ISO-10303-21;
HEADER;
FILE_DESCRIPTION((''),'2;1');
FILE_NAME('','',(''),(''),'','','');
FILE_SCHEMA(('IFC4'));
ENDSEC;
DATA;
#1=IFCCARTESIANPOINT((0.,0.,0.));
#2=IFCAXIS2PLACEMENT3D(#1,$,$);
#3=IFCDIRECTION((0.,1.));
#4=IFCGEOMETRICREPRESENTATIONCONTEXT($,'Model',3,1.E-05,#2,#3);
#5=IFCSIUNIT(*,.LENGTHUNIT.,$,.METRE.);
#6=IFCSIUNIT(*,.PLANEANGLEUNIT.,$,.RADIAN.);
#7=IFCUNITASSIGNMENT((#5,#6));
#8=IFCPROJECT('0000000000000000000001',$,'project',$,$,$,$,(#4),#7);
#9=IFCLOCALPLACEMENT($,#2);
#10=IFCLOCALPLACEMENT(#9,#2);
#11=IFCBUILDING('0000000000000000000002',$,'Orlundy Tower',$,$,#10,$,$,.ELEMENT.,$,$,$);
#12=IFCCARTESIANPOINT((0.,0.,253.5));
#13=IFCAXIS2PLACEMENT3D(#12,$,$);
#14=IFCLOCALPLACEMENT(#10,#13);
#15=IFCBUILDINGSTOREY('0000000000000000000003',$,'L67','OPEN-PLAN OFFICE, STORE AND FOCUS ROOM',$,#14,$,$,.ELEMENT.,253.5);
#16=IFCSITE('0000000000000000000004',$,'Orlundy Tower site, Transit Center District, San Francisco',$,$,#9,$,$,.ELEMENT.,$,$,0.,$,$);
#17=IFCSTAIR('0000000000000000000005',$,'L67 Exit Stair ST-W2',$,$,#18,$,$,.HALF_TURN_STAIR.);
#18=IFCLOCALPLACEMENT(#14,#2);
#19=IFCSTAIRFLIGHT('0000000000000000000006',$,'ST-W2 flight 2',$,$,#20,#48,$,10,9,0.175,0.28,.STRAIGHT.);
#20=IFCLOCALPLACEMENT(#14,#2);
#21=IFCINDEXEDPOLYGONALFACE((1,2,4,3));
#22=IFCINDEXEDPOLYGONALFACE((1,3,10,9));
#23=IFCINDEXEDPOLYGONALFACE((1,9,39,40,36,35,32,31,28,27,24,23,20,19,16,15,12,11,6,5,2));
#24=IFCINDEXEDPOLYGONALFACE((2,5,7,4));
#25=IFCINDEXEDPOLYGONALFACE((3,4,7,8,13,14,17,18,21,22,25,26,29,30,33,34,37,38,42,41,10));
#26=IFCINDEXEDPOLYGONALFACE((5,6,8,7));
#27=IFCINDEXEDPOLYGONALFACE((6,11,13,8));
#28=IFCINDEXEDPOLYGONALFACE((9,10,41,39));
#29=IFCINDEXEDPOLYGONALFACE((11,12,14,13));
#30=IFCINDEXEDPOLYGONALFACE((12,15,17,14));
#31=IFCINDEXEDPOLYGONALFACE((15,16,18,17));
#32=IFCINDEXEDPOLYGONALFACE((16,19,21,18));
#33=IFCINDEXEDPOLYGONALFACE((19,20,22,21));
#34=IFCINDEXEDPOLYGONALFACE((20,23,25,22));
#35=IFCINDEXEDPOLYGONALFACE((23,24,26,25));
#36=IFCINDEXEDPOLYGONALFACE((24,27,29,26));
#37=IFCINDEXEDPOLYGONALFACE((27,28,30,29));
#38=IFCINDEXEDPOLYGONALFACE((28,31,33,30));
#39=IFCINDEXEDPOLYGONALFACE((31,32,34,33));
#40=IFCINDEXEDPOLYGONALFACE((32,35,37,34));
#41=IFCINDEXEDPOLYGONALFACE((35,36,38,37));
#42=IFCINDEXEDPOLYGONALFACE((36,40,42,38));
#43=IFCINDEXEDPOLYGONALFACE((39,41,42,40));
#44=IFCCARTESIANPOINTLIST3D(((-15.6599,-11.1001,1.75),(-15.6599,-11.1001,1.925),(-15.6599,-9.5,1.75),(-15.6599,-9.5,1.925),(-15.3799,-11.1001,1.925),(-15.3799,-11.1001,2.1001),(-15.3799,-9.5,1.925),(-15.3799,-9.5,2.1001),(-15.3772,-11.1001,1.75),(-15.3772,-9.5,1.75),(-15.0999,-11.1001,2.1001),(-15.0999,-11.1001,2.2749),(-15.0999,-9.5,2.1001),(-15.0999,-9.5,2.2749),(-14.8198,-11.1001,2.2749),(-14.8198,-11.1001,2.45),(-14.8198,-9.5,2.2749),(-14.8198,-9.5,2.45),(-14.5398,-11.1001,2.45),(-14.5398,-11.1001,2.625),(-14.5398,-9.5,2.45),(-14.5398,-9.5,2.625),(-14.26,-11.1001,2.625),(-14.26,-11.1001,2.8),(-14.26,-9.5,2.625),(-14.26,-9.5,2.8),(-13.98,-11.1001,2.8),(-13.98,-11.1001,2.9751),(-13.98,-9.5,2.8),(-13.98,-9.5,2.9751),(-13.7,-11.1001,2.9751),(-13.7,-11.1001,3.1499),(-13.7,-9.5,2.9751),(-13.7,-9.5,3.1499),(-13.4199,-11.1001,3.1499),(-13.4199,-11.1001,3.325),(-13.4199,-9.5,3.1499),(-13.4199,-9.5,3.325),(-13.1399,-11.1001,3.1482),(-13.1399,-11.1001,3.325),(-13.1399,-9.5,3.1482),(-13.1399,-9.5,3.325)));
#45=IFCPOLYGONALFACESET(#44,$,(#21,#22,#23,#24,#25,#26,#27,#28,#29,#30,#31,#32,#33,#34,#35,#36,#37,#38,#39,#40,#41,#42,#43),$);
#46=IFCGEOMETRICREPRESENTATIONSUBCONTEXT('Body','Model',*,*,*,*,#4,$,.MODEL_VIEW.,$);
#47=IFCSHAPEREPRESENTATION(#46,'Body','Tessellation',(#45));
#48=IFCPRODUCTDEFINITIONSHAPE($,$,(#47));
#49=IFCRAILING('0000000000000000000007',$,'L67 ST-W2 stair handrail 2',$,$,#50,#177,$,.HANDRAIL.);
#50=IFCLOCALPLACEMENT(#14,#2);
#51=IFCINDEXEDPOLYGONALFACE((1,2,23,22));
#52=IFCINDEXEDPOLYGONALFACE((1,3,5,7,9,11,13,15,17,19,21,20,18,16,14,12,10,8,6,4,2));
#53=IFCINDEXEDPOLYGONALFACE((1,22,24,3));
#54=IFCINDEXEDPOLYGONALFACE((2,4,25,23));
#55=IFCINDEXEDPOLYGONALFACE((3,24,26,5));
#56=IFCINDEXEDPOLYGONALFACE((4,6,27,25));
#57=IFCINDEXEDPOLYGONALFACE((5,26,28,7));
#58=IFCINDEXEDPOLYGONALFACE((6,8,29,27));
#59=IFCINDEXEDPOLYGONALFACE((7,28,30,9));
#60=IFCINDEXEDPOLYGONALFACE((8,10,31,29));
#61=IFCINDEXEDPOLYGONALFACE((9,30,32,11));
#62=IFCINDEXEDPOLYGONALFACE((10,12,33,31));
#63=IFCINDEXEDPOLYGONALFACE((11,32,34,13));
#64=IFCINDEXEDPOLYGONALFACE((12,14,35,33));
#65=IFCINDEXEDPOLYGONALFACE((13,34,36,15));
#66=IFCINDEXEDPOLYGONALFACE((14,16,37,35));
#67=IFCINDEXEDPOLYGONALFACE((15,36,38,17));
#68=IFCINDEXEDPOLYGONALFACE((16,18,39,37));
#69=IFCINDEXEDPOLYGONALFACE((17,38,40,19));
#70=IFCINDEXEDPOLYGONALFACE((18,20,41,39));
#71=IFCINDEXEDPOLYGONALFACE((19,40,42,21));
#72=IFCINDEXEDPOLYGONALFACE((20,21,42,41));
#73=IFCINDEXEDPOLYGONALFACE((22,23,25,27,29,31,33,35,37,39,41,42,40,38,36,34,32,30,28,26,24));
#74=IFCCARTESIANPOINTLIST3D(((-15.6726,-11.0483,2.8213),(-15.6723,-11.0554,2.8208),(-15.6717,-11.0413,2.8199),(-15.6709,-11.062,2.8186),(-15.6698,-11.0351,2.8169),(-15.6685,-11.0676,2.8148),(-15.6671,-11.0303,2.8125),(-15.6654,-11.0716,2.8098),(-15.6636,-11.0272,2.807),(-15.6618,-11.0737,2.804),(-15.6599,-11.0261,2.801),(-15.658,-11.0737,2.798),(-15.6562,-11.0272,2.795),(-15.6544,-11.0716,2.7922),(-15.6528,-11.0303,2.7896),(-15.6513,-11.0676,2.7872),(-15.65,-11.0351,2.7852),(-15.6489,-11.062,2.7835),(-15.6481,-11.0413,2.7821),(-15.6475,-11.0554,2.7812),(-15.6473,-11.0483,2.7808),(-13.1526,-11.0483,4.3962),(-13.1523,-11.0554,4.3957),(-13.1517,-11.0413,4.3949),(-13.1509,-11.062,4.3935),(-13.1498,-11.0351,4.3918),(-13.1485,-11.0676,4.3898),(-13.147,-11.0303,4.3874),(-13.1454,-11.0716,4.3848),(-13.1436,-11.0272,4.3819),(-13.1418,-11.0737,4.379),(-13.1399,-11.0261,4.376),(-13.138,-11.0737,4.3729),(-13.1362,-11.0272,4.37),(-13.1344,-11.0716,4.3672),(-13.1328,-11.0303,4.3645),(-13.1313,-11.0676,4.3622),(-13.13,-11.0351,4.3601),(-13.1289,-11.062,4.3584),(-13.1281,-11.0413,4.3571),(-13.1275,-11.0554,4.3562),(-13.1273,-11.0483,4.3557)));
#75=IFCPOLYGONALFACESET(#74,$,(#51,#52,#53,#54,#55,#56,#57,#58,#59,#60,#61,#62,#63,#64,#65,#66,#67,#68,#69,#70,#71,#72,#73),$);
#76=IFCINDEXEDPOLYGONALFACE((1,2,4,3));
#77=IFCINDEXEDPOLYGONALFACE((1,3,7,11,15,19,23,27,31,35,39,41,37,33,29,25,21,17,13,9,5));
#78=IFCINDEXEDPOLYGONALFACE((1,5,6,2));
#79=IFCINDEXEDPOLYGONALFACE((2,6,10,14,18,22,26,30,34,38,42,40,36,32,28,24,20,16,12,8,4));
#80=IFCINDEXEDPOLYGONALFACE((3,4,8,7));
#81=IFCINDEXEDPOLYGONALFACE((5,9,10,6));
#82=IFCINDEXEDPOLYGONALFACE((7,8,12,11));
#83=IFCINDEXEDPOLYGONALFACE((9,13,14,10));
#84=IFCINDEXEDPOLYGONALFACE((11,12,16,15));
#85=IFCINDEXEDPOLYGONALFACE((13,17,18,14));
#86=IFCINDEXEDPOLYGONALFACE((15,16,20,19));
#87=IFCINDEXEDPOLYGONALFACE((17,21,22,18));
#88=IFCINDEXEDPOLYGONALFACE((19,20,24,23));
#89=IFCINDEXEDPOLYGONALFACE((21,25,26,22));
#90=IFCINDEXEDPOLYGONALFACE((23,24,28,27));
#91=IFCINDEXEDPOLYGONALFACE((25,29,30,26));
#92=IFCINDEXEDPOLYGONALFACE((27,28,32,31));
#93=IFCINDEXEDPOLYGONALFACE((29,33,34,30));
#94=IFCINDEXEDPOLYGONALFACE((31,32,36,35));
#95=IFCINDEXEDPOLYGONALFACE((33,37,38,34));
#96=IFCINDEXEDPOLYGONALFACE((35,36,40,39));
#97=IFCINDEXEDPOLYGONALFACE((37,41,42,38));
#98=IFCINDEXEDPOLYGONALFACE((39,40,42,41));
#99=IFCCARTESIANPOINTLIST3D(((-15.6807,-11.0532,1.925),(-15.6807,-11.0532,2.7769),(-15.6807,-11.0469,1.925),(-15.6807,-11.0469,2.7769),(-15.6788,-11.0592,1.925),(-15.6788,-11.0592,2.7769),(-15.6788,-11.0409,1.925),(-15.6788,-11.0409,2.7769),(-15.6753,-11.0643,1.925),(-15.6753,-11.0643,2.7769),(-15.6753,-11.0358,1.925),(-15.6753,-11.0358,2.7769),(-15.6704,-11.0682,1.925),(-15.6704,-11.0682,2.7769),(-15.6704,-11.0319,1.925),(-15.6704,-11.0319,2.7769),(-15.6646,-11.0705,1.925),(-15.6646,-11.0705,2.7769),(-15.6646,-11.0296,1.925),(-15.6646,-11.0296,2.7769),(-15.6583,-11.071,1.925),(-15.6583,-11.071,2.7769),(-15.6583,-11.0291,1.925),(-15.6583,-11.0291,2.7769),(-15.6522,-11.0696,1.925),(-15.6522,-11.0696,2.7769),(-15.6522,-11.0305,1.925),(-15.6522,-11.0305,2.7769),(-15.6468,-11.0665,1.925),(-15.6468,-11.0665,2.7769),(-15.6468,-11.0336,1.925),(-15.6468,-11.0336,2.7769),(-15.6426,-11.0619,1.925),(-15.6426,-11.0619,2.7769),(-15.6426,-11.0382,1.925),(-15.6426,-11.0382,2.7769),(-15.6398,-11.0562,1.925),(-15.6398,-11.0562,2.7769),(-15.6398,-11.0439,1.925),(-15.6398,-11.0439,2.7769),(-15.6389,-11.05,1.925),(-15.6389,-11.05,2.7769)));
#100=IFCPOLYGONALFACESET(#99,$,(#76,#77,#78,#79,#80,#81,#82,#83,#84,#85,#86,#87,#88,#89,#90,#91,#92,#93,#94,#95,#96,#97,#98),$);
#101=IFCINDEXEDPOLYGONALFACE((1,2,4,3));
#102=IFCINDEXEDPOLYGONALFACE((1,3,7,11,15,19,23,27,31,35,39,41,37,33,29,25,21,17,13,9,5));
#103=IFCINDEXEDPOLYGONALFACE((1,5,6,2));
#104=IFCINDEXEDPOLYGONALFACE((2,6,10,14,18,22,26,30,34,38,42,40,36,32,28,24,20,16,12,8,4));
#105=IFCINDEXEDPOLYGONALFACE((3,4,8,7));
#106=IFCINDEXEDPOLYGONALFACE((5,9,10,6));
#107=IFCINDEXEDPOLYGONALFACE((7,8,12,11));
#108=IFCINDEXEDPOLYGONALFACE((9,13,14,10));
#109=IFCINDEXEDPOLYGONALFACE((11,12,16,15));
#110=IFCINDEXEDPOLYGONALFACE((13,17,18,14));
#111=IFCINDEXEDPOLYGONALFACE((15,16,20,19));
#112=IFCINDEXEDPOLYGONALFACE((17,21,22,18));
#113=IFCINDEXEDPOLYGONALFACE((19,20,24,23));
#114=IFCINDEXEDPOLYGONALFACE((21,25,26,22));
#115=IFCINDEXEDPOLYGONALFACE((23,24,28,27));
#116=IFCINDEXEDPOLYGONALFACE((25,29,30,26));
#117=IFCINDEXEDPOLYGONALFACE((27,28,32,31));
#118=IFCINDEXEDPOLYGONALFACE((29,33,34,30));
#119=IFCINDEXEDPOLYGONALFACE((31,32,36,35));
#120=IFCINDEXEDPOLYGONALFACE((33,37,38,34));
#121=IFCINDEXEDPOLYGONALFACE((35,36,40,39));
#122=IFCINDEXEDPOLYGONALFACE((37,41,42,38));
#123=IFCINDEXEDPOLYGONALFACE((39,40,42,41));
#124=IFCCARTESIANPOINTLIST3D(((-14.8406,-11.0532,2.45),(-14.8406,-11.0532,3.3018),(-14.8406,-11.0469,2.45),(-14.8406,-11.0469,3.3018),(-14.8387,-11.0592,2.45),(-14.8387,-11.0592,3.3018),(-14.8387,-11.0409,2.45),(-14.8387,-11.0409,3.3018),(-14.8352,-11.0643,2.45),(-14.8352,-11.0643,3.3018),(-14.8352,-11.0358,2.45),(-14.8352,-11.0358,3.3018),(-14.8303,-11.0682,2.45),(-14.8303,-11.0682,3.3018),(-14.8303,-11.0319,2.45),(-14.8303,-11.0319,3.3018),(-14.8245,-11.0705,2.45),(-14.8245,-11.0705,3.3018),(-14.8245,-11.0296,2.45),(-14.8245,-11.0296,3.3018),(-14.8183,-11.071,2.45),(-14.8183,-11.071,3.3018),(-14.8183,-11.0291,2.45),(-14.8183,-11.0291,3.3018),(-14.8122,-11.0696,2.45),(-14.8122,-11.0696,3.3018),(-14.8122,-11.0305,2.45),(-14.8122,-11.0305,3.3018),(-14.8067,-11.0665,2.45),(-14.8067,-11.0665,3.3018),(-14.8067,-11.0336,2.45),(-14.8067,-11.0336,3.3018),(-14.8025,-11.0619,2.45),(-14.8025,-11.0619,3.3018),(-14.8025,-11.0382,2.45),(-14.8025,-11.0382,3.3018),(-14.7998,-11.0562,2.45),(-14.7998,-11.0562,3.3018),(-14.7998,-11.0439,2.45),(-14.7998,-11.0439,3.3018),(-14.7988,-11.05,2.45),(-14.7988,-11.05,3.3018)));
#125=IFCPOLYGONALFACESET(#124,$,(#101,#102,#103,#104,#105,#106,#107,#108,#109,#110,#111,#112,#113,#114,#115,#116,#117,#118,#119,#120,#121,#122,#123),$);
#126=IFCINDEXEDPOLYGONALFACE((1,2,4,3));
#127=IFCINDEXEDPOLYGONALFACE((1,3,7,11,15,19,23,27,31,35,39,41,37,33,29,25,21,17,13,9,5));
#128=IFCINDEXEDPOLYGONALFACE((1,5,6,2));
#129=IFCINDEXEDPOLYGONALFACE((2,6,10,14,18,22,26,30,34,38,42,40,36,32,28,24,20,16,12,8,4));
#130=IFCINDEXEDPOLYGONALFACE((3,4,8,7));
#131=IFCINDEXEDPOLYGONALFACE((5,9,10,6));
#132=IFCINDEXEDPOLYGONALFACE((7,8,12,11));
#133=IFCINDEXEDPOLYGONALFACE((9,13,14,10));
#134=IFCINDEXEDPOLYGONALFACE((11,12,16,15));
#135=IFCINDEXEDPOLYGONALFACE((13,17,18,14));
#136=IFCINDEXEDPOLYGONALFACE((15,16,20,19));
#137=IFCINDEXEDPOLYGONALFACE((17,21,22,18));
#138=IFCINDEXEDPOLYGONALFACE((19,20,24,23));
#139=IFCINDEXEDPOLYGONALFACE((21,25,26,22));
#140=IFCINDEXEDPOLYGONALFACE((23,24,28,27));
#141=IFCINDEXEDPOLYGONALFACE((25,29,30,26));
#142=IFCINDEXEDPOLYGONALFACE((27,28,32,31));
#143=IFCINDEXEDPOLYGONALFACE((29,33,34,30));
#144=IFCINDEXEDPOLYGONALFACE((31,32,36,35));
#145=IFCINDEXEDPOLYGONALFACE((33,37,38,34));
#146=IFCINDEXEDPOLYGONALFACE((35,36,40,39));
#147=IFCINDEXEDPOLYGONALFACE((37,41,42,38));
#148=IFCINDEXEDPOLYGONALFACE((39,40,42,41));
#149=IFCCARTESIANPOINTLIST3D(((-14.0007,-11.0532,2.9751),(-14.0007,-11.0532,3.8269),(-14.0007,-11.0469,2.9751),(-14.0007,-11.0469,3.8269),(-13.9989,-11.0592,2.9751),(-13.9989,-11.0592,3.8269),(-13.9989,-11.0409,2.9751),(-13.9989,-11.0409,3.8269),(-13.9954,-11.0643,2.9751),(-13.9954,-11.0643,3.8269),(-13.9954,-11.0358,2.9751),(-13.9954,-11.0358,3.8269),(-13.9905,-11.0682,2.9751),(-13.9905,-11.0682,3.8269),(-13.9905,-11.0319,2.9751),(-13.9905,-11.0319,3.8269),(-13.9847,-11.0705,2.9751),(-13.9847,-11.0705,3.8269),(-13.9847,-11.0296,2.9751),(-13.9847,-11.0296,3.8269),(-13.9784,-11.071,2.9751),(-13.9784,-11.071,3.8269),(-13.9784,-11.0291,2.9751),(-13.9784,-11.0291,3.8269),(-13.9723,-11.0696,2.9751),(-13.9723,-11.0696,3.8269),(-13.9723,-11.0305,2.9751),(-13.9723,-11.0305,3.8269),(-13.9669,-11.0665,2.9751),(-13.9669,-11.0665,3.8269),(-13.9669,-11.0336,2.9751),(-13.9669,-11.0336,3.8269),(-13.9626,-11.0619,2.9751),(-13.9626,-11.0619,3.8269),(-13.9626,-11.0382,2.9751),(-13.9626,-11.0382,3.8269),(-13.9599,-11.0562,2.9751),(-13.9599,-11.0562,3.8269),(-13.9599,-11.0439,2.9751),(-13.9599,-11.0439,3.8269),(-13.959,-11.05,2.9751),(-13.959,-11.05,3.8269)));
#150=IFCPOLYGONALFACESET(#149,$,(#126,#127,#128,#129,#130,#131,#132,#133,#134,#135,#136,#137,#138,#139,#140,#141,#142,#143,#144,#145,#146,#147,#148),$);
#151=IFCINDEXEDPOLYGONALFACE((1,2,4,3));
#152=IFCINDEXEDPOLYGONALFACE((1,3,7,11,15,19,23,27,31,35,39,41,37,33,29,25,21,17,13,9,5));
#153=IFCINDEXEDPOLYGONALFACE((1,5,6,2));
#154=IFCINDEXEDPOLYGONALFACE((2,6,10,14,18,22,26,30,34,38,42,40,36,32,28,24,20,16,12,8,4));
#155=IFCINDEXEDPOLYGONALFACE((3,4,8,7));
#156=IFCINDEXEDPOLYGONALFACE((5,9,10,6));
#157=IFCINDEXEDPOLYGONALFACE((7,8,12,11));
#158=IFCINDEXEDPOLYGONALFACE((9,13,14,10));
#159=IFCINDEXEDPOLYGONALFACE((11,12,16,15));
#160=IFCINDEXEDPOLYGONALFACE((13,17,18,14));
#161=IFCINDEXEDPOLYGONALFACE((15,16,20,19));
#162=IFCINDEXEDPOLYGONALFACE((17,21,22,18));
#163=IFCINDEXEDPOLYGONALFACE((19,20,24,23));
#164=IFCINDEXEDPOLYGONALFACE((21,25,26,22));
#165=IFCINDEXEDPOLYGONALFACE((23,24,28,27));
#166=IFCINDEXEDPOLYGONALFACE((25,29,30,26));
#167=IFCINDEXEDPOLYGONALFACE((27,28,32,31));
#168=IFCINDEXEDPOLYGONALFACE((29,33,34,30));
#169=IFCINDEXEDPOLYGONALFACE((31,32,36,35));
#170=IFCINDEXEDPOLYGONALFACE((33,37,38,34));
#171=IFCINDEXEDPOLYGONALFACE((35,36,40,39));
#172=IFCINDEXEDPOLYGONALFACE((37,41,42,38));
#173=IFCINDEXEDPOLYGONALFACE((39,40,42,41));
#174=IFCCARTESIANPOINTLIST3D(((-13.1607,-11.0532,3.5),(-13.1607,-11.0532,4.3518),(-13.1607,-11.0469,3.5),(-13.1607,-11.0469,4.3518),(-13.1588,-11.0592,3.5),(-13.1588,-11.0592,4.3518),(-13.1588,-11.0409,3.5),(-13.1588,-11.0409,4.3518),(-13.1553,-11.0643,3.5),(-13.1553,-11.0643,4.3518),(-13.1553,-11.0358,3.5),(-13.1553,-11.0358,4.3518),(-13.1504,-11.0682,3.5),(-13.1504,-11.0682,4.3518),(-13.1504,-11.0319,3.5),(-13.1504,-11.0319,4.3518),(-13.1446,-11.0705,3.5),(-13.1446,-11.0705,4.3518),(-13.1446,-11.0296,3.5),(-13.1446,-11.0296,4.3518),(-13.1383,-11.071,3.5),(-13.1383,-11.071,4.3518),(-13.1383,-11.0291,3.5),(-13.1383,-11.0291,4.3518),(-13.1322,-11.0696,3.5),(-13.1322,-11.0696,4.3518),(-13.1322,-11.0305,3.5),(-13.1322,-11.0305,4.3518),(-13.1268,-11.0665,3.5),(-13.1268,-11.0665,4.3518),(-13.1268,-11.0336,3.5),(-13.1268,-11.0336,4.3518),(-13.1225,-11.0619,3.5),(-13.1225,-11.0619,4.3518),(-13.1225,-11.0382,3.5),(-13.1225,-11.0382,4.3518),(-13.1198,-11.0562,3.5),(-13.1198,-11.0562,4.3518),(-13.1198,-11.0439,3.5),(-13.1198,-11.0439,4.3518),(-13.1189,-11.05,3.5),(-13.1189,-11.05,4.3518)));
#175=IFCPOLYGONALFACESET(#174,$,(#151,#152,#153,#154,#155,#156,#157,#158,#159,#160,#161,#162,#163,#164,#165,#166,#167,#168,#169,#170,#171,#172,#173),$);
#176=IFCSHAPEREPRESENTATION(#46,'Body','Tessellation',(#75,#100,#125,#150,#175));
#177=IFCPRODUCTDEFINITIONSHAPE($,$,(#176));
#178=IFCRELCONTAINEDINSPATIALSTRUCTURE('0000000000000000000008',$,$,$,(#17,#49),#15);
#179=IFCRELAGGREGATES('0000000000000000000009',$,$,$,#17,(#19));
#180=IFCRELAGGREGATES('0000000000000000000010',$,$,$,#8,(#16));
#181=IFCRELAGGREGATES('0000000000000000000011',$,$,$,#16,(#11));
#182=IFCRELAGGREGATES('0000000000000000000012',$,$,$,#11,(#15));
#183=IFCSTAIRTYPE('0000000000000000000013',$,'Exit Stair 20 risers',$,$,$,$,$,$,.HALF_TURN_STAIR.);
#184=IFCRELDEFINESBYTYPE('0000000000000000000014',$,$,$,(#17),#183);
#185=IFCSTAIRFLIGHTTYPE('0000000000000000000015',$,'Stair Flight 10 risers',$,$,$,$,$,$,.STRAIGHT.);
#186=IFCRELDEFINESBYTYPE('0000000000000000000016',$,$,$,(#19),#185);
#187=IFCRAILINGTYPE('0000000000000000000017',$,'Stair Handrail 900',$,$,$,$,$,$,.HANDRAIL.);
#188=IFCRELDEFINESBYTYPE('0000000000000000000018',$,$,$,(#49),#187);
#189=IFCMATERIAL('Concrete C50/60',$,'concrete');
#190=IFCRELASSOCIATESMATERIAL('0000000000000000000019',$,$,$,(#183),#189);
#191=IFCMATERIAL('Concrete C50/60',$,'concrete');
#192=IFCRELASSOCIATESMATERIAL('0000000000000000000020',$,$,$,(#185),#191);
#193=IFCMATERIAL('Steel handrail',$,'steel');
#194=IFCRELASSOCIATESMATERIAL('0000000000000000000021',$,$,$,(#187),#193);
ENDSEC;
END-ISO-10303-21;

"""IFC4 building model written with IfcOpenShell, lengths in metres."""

from ifc_helpers import new_model, si_unit, direction, frame, origin, origin_2d, place, context, subcontext, project, spatial, polyline, circle, outline, extrude, material, type_object, element, aggregate, save


model = new_model("IFC4")

# Units and contexts
model_context = context("Model", 3, precision=1e-05, world=origin(), true_north=direction((0.0, 1.0)))
body_context = subcontext(model_context, "Body", "Model", "MODEL_VIEW")
ifc_project = project(units=[si_unit("LENGTHUNIT", "METRE"), si_unit("PLANEANGLEUNIT", "RADIAN")], contexts=[model_context])

# Site, building, storey
site_placement = place(None, origin())
site = spatial("IfcSite", under=ifc_project, at=site_placement, Name="Orlundy Tower site, Transit Center District, San Francisco", CompositionType="ELEMENT", RefElevation=0.0)
building_placement = place(site_placement, origin())
building = spatial("IfcBuilding", under=site, at=building_placement, Name="Orlundy Tower", CompositionType="ELEMENT")
storey_placement = place(building_placement, frame((0.0, 0.0, 253.5)))
storey = spatial("IfcBuildingStorey", under=building, at=storey_placement, Name="L67", Description="OPEN-PLAN OFFICE, STORE AND FOCUS ROOM", CompositionType="ELEMENT", Elevation=253.5)

# Stair, stair flight
ifc_material_1 = material(Name="Concrete C50/60", Category="concrete")
stair_type = type_object("IfcStairType", Name="Exit Stair 20 risers", PredefinedType="HALF_TURN_STAIR", material=ifc_material_1)
stair_placement = place(storey_placement, origin())
stair = element("IfcStair", 1, at=stair_placement, inside=storey, type_object=stair_type, Name="L67 Exit Stair ST-W2", PredefinedType="HALF_TURN_STAIR")
ifc_material_2 = material(Name="Concrete C50/60", Category="concrete")
stair_flight_type = type_object("IfcStairFlightType", Name="Stair Flight 10 risers", PredefinedType="STRAIGHT", material=ifc_material_2)
stair_flight_placement = place(storey_placement, frame((-15.6599, -10.3, 1.75), z_axis=(0.0, 0.0, 1.0), x_axis=(1.0, 0.0, 0.0)))
stair_flight = element("IfcStairFlight", 2, at=stair_flight_placement, type_object=stair_flight_type, Name="ST-W2 flight 2", NumberOfRisers=10, NumberOfTreads=9, PredefinedType="STRAIGHT", RiserHeight=0.175, TreadLength=0.28, context=body_context, shape_type="SweptSolid", body=[
    extrude(outline(polyline([(0.0, 0.0), (0.0, 0.175), (0.28, 0.175), (0.28, 0.3501), (0.5601, 0.3501), (0.5601, 0.5249), (0.8401, 0.5249), (0.8401, 0.7), (1.1201, 0.7), (1.1201, 0.875), (1.3999, 0.875), (1.3999, 1.05), (1.6799, 1.05), (1.6799, 1.2251), (1.96, 1.2251), (1.96, 1.3999), (2.24, 1.3999), (2.24, 1.575), (2.52, 1.575), (2.52, 1.75), (2.52, 1.3982), (0.2827, 0.0), (0.0, 0.0)])), frame((0.0, 0.8, 0.0), z_axis=(0.0, -1.0, 0.0), x_axis=(1.0, 0.0, 0.0)), (0.0, 0.0, 1.0), 1.6001),
])
aggregate(stair, [stair_flight])

# Railing
ifc_material_3 = material(Name="Steel handrail", Category="steel")
railing_type_1 = type_object("IfcRailingType", Name="Stair Handrail 900", PredefinedType="HANDRAIL", material=ifc_material_3)
railing_1_placement = place(storey_placement, frame((-15.6599, -11.05, 1.925)))
element("IfcRailing", 3, at=railing_1_placement, inside=storey, type_object=railing_type_1, Name="L67 ST-W2 stair handrail 2", PredefinedType="HANDRAIL", context=body_context, shape_type="SweptSolid", body=[
    extrude(circle(Radius=0.0239, at=origin_2d()), frame((0.0, 0.0, 0.876), z_axis=(0.848008, 0.0, 0.529984), x_axis=(0.0, 1.0, 0.0)), (0.0, 0.0, 1.0), 2.9717),
    extrude(circle(Radius=0.021, at=origin_2d()), origin(), (0.0, 0.0, 1.0), 0.8518),
    extrude(circle(Radius=0.021, at=origin_2d()), frame((0.8401, 0.0, 0.5249)), (0.0, 0.0, 1.0), 0.8518),
    extrude(circle(Radius=0.021, at=origin_2d()), frame((1.6799, 0.0, 1.05)), (0.0, 0.0, 1.0), 0.8518),
    extrude(circle(Radius=0.021, at=origin_2d()), frame((2.52, 0.0, 1.575)), (0.0, 0.0, 1.0), 0.8518),
])

save(model, "model.ifc")
